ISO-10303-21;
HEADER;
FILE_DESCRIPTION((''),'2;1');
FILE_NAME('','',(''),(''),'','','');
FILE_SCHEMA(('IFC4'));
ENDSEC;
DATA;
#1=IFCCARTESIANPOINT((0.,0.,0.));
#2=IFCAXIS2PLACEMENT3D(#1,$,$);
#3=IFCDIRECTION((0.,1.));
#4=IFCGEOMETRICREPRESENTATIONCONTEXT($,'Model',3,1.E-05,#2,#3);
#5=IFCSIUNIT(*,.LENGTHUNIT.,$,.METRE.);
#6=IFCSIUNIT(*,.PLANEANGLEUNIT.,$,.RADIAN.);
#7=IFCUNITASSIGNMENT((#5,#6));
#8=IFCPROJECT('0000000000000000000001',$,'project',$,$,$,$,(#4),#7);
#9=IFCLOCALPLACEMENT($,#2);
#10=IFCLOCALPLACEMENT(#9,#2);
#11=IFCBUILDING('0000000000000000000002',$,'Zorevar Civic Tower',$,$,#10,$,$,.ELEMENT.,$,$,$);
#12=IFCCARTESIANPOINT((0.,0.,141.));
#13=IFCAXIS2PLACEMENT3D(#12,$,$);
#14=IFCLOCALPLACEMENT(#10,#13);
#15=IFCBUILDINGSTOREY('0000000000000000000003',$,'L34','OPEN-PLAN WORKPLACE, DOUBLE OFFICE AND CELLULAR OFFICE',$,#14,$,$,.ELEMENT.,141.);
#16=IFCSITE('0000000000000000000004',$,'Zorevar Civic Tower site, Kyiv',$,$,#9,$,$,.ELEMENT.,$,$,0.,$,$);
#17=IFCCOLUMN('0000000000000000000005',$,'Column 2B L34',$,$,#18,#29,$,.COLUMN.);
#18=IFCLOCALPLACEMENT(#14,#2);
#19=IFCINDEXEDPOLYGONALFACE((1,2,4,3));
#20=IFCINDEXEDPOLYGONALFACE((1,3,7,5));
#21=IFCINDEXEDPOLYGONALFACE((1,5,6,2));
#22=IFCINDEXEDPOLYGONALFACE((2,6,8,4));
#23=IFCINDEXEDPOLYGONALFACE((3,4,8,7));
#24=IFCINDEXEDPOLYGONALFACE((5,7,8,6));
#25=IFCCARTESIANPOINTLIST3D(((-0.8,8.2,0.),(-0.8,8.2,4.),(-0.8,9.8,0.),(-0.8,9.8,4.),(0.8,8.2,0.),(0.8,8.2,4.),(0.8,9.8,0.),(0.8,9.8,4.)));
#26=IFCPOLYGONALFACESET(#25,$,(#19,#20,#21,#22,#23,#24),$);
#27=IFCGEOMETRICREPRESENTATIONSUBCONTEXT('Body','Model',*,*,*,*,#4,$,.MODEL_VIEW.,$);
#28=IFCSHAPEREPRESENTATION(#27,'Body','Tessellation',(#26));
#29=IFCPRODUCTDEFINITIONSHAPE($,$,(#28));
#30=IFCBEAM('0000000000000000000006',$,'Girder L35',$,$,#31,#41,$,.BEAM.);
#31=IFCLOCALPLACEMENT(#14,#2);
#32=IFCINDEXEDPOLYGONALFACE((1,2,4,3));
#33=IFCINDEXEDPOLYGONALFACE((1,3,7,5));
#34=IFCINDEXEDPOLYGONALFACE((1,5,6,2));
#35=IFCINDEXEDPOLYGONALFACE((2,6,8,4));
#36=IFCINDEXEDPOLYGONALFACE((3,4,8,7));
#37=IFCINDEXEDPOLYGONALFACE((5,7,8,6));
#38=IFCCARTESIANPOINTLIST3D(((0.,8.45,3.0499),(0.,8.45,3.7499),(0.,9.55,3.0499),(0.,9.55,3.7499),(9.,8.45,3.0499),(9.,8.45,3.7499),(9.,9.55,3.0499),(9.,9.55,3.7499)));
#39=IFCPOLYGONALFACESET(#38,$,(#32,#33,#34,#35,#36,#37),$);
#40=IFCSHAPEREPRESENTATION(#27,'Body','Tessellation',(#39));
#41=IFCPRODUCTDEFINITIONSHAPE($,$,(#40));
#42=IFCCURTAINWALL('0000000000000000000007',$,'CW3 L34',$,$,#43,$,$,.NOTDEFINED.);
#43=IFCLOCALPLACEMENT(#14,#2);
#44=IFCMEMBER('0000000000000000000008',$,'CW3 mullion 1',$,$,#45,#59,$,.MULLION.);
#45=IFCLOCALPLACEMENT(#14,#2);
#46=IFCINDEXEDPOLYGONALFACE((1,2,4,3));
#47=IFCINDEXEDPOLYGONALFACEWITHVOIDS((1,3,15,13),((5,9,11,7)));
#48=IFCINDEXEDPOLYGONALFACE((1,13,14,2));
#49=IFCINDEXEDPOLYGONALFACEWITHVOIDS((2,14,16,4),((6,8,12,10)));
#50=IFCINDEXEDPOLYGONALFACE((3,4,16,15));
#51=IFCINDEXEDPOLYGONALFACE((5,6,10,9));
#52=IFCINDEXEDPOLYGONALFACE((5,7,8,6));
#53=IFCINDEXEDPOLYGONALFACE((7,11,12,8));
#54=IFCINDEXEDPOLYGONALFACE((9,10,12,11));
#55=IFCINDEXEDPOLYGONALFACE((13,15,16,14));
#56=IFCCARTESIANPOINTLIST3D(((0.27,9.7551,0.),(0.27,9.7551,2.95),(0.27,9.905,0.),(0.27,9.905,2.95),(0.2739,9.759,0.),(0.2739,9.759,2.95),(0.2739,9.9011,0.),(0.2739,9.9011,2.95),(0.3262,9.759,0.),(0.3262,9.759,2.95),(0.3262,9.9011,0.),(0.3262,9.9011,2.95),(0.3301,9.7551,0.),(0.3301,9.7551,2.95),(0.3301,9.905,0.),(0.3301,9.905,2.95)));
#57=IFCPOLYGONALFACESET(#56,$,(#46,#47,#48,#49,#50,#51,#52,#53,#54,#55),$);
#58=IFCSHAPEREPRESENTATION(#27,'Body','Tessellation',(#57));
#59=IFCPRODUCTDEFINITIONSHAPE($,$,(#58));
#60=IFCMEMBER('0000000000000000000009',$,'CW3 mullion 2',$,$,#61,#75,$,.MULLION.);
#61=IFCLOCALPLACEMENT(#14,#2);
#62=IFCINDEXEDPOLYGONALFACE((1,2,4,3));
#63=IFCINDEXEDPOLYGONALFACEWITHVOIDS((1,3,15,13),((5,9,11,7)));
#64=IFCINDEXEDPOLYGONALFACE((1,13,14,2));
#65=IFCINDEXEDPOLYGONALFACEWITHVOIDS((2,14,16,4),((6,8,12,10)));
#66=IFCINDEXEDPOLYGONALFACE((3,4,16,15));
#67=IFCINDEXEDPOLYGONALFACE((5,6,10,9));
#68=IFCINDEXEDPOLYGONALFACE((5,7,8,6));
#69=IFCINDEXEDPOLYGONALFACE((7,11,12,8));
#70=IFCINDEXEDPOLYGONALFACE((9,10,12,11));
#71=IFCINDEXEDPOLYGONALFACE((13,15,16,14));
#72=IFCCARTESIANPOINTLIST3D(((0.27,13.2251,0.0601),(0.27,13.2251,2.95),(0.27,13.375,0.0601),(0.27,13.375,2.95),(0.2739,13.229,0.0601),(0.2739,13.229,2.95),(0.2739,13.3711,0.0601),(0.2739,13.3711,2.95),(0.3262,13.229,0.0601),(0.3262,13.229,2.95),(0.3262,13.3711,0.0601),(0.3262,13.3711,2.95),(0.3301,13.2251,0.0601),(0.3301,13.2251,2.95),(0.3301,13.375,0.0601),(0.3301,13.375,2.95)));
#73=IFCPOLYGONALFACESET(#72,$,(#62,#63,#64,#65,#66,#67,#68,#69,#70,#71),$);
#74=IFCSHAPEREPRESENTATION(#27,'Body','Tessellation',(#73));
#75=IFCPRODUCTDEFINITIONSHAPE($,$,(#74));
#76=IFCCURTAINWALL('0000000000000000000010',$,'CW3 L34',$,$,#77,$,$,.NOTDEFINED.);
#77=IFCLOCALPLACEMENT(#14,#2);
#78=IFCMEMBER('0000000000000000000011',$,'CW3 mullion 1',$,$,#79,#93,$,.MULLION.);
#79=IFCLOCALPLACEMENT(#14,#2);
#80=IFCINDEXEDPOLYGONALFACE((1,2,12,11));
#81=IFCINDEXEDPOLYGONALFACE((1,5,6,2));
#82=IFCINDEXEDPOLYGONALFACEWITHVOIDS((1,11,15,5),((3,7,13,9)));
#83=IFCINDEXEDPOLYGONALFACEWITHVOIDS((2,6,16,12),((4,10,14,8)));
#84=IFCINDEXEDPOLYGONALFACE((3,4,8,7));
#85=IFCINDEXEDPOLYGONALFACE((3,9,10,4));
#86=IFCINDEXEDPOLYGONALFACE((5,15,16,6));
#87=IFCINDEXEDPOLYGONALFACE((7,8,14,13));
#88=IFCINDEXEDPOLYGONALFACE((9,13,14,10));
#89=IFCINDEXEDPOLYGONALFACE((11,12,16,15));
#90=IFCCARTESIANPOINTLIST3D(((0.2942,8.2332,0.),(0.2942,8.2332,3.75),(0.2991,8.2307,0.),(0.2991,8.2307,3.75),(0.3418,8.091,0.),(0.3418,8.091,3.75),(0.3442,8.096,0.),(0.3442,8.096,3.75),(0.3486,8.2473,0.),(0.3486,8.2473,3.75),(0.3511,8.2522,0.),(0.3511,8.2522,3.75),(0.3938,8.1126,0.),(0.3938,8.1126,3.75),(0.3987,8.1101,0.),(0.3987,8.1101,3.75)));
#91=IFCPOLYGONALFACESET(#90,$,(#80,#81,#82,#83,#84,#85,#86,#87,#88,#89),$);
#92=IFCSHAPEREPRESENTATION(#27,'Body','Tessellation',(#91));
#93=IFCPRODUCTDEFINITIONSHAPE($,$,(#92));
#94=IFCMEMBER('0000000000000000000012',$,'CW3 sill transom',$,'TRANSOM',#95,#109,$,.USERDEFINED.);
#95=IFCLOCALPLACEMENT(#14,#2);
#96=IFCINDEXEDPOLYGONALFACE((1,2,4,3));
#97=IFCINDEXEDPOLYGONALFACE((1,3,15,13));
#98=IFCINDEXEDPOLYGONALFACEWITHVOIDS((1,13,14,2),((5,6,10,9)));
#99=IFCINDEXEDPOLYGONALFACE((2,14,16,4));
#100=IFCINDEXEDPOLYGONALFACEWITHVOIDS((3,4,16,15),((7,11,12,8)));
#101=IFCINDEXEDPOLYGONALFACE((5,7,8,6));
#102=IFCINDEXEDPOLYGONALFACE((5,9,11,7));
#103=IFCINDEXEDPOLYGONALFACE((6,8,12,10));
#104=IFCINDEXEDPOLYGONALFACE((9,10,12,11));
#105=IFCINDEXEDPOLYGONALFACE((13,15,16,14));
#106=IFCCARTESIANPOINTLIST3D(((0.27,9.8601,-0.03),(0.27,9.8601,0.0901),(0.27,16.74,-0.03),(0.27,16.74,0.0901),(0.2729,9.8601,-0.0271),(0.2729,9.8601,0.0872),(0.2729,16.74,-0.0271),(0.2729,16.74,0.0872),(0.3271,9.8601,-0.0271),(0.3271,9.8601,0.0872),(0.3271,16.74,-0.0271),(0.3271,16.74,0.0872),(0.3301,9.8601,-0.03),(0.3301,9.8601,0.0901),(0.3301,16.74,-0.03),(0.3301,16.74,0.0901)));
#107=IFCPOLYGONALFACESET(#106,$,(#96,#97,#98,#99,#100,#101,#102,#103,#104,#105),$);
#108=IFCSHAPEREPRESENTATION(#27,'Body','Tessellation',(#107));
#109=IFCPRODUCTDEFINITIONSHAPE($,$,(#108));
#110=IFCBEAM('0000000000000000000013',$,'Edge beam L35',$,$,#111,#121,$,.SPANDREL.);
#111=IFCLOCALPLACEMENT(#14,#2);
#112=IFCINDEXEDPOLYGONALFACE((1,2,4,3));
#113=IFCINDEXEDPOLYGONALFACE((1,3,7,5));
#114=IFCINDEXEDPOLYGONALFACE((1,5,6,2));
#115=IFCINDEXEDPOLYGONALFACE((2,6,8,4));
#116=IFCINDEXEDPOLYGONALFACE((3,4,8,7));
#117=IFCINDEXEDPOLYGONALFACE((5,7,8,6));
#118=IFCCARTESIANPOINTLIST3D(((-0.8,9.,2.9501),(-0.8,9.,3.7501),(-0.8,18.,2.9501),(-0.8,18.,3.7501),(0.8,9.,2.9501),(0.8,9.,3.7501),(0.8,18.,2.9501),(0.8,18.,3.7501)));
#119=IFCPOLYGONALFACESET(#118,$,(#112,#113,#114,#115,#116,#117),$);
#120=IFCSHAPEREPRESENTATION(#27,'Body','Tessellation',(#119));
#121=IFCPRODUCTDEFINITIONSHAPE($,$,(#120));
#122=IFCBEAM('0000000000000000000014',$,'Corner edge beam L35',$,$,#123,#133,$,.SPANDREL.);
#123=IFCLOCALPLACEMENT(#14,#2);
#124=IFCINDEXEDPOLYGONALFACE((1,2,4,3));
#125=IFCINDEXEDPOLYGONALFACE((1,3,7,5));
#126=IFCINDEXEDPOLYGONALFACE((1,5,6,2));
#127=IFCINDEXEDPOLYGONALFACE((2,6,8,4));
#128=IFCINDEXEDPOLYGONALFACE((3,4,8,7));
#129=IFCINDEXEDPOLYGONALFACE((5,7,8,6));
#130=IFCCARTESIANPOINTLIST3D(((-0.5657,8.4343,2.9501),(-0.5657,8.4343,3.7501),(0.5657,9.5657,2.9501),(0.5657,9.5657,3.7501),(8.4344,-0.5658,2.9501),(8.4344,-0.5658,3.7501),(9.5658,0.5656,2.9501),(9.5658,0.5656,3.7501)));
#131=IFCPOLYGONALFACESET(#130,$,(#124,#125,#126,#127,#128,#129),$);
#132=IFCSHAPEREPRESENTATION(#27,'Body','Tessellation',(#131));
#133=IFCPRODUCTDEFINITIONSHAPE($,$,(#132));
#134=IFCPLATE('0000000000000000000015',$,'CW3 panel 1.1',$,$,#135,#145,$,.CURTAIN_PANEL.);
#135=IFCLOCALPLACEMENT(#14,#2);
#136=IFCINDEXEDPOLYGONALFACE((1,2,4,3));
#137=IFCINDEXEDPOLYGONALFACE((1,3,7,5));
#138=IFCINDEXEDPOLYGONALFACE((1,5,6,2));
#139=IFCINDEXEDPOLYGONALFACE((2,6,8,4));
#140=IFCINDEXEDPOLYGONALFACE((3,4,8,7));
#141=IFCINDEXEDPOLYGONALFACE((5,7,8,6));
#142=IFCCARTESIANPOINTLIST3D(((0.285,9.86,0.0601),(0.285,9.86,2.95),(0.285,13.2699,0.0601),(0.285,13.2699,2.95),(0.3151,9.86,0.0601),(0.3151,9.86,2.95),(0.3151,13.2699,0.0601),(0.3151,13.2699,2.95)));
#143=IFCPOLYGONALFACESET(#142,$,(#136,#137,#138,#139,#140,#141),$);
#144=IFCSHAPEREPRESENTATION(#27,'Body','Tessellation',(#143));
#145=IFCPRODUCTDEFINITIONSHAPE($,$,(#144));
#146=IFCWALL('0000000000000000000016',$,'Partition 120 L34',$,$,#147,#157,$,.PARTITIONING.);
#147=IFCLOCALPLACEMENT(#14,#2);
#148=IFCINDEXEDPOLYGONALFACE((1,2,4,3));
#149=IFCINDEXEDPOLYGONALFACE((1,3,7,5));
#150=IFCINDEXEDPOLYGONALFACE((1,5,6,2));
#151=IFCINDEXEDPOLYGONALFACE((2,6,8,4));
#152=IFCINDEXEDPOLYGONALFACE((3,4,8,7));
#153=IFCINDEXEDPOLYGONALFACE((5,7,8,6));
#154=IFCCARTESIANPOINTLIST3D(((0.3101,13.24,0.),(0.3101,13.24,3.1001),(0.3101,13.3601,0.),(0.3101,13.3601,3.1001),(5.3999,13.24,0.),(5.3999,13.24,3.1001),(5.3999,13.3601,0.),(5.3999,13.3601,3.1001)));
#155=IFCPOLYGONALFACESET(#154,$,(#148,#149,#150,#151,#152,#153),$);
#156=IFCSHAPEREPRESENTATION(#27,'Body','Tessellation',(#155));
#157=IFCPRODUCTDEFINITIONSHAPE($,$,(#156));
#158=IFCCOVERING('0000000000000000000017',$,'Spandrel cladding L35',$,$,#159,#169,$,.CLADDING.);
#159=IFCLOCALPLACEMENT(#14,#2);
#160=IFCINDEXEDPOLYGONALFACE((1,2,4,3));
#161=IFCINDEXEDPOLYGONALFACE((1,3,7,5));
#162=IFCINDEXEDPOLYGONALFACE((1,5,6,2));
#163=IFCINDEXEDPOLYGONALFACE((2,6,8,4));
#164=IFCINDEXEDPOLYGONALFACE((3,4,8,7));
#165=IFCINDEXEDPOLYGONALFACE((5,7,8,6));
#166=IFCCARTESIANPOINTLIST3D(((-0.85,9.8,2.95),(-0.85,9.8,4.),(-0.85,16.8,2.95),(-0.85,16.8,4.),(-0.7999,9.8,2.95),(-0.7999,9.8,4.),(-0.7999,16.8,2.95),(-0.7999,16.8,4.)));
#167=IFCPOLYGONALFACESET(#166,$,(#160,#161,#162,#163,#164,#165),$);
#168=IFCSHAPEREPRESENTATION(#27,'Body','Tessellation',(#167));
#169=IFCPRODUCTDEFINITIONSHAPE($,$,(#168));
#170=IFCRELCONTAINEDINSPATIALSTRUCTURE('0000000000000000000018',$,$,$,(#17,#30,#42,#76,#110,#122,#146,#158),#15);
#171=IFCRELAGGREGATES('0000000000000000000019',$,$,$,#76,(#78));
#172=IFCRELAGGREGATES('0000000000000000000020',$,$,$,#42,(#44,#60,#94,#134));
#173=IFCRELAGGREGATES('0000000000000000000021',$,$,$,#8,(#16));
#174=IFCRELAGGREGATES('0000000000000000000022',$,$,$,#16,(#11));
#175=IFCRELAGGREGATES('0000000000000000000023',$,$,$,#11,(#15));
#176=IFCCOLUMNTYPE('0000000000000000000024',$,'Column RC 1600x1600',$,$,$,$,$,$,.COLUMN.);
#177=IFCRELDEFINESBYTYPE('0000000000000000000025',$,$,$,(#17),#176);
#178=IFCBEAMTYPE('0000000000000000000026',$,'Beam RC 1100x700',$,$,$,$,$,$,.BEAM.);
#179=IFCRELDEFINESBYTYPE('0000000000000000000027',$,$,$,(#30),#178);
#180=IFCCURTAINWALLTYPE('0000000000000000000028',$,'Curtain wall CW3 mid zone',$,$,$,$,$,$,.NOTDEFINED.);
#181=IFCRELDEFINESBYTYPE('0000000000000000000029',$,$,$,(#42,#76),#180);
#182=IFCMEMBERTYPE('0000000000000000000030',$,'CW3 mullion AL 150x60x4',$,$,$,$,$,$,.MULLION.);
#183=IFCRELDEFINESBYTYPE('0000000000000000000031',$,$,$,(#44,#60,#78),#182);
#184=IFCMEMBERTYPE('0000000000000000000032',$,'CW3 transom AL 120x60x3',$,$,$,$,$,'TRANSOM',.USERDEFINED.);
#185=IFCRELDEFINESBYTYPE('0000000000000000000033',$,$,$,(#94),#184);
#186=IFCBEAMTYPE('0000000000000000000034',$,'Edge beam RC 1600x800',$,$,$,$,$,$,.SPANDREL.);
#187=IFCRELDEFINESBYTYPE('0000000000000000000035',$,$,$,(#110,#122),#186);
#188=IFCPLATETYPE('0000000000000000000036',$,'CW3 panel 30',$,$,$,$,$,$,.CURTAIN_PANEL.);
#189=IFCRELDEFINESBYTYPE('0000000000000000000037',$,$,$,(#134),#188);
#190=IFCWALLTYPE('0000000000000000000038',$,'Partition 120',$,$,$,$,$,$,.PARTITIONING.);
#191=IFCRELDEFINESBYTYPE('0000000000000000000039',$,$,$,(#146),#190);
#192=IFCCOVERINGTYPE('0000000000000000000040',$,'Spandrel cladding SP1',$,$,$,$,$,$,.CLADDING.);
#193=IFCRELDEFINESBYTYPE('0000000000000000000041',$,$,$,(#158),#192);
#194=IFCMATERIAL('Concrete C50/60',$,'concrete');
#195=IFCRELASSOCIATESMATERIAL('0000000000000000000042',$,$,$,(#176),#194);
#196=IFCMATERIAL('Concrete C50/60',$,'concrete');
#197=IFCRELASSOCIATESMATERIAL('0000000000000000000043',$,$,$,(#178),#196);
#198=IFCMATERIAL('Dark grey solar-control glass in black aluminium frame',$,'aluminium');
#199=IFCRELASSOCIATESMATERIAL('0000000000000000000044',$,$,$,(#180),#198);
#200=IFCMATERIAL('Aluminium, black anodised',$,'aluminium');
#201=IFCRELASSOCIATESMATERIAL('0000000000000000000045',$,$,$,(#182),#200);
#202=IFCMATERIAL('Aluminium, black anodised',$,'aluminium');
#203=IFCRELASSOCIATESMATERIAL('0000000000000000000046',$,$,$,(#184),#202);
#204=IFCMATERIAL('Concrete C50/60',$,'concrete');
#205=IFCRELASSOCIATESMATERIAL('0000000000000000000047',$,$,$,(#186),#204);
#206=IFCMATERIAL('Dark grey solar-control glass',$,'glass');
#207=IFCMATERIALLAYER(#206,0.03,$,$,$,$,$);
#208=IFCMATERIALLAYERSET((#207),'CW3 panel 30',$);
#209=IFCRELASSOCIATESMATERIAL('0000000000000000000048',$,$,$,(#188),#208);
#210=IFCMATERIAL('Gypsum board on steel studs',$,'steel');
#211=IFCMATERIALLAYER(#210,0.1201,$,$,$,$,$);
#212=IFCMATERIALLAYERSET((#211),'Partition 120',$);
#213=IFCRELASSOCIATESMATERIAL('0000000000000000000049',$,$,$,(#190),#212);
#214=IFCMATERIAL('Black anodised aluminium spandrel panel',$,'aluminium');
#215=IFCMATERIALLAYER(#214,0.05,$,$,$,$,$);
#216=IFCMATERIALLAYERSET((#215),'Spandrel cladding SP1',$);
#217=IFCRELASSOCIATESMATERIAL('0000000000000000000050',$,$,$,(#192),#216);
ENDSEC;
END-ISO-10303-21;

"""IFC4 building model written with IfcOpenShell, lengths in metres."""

from ifc_helpers import new_model, si_unit, direction, frame, frame_2d, origin, origin_2d, place, context, subcontext, project, spatial, rectangle, hollow_rectangle, extrude, material, layer, layer_set, material_profile, profile_set, type_object, element, aggregate, save


model = new_model("IFC4")

# Units and contexts
model_context = context("Model", 3, precision=1e-05, world=origin(), true_north=direction((0.0, 1.0)))
body_context = subcontext(model_context, "Body", "Model", "MODEL_VIEW")
ifc_project = project(units=[si_unit("LENGTHUNIT", "METRE"), si_unit("PLANEANGLEUNIT", "RADIAN")], contexts=[model_context])

# Site, building, storey
site_placement = place(None, origin())
site = spatial("IfcSite", under=ifc_project, at=site_placement, Name="Zorevar Civic Tower site, Kyiv", CompositionType="ELEMENT", RefElevation=0.0)
building_placement = place(site_placement, origin())
building = spatial("IfcBuilding", under=site, at=building_placement, Name="Zorevar Civic Tower", CompositionType="ELEMENT")
storey_placement = place(building_placement, frame((0.0, 0.0, 141.0)))
storey = spatial("IfcBuildingStorey", under=building, at=storey_placement, Name="L34", Description="OPEN-PLAN WORKPLACE, DOUBLE OFFICE AND CELLULAR OFFICE", CompositionType="ELEMENT", Elevation=141.0)

# Column
ifc_material_1 = material(Name="Concrete C50/60", Category="concrete")
ifc_material_profile_1 = material_profile(ifc_material_1, rectangle(XDim=1.6001, YDim=1.6001, at=origin_2d()), Name="RC 1600x1600")
ifc_profile_set_1 = profile_set([ifc_material_profile_1], Name="Concrete C50/60")
column_type = type_object("IfcColumnType", Name="Column RC 1600x1600", PredefinedType="COLUMN", material=ifc_profile_set_1)
column_placement = place(storey_placement, frame((0.0, 9.0, 0.0), z_axis=(0.0, 0.0, 1.0), x_axis=(1.0, 0.0, 0.0)))
element("IfcColumn", 1, at=column_placement, inside=storey, type_object=column_type, Name="Column 2B L34", PredefinedType="COLUMN", context=body_context, shape_type="SweptSolid", body=[
    extrude(rectangle(XDim=1.6001, YDim=1.6001, at=origin_2d()), origin(), (0.0, 0.0, 1.0), 4.0),
])

# Beam
ifc_material_2 = material(Name="Concrete C50/60", Category="concrete")
ifc_material_profile_2 = material_profile(ifc_material_2, rectangle(XDim=1.1001, YDim=0.7, at=origin_2d()), Name="RC 1100x700")
ifc_profile_set_2 = profile_set([ifc_material_profile_2], Name="Concrete C50/60")
beam_type_1 = type_object("IfcBeamType", Name="Beam RC 1100x700", PredefinedType="BEAM", material=ifc_profile_set_2)
beam_1_placement = place(storey_placement, frame((0.0, 9.0, 3.3999), z_axis=(1.0, 0.0, 0.0), x_axis=(0.0, 1.0, 0.0)))
element("IfcBeam", 2, at=beam_1_placement, inside=storey, type_object=beam_type_1, Name="Girder L35", PredefinedType="BEAM", context=body_context, shape_type="SweptSolid", body=[
    extrude(rectangle(XDim=1.1001, YDim=0.7, at=origin_2d()), origin(), (0.0, 0.0, 1.0), 9.0),
])

# Curtain wall, members
ifc_material_3 = material(Name="Dark grey solar-control glass in black aluminium frame", Category="aluminium")
curtain_wall_type = type_object("IfcCurtainWallType", Name="Curtain wall CW3 mid zone", PredefinedType="NOTDEFINED", material=ifc_material_3)
curtain_wall_1_placement = place(storey_placement, origin())
curtain_wall_1 = element("IfcCurtainWall", 3, at=curtain_wall_1_placement, inside=storey, type_object=curtain_wall_type, Name="CW3 L34", PredefinedType="NOTDEFINED")
ifc_material_4 = material(Name="Aluminium, black anodised", Category="aluminium")
ifc_material_profile_3 = material_profile(ifc_material_4, hollow_rectangle(XDim=0.0601, YDim=0.1499, WallThickness=0.0039, at=origin_2d()), Name="AL 150x60x4")
ifc_profile_set_3 = profile_set([ifc_material_profile_3], Name="Aluminium, black anodised")
member_type_1 = type_object("IfcMemberType", Name="CW3 mullion AL 150x60x4", PredefinedType="MULLION", material=ifc_profile_set_3)
member_1_placement = place(storey_placement, frame((0.3, 9.8301, 0.0), z_axis=(0.0, 0.0, 1.0), x_axis=(-1.0, 0.0, 0.0)))
member_1 = element("IfcMember", 4, at=member_1_placement, type_object=member_type_1, Name="CW3 mullion 1", PredefinedType="MULLION", context=body_context, shape_type="SweptSolid", body=[
    extrude(hollow_rectangle(XDim=0.0601, YDim=0.1499, WallThickness=0.0039, at=origin_2d()), origin(), (0.0, 0.0, 1.0), 2.95),
])
member_2_placement = place(storey_placement, frame((0.3, 13.3, 0.0601), z_axis=(0.0, 0.0, 1.0), x_axis=(-1.0, 0.0, 0.0)))
member_2 = element("IfcMember", 5, at=member_2_placement, type_object=member_type_1, Name="CW3 mullion 2", PredefinedType="MULLION", context=body_context, shape_type="SweptSolid", body=[
    extrude(hollow_rectangle(XDim=0.0601, YDim=0.1499, WallThickness=0.0039, at=origin_2d()), origin(), (0.0, 0.0, 1.0), 2.8899),
])

# Curtain wall, member
curtain_wall_2_placement = place(storey_placement, origin())
curtain_wall_2 = element("IfcCurtainWall", 6, at=curtain_wall_2_placement, inside=storey, type_object=curtain_wall_type, Name="CW3 L34", PredefinedType="NOTDEFINED")
member_3_placement = place(storey_placement, frame((0.3464, 8.1716, 0.0), z_axis=(0.0, 0.0, 1.0), x_axis=(0.948227, 0.317593, 0.0)))
member_3 = element("IfcMember", 7, at=member_3_placement, type_object=member_type_1, Name="CW3 mullion 1", PredefinedType="MULLION", context=body_context, shape_type="SweptSolid", body=[
    extrude(hollow_rectangle(XDim=0.0601, YDim=0.1499, WallThickness=0.0039, at=origin_2d()), origin(), (0.0, 0.0, 1.0), 3.75),
])
aggregate(curtain_wall_2, [member_3])

# Member
ifc_material_5 = material(Name="Aluminium, black anodised", Category="aluminium")
ifc_material_profile_4 = material_profile(ifc_material_5, hollow_rectangle(XDim=0.0601, YDim=0.1201, WallThickness=0.0029, at=origin_2d()), Name="AL 120x60x3")
ifc_profile_set_4 = profile_set([ifc_material_profile_4], Name="Aluminium, black anodised")
member_type_2 = type_object("IfcMemberType", Name="CW3 transom AL 120x60x3", ElementType="TRANSOM", PredefinedType="USERDEFINED", material=ifc_profile_set_4)
member_4_placement = place(storey_placement, frame((0.3, 9.8601, 0.03), z_axis=(0.0, 1.0, 0.0), x_axis=(-1.0, 0.0, 0.0)))
member_4 = element("IfcMember", 8, at=member_4_placement, type_object=member_type_2, Name="CW3 sill transom", ObjectType="TRANSOM", PredefinedType="USERDEFINED", context=body_context, shape_type="SweptSolid", body=[
    extrude(hollow_rectangle(XDim=0.0601, YDim=0.1201, WallThickness=0.0029, at=origin_2d()), origin(), (0.0, 0.0, 1.0), 6.8799),
])

# Beams
ifc_material_6 = material(Name="Concrete C50/60", Category="concrete")
ifc_material_profile_5 = material_profile(ifc_material_6, rectangle(XDim=1.6001, YDim=0.8, at=origin_2d()), Name="RC 1600x800")
ifc_profile_set_5 = profile_set([ifc_material_profile_5], Name="Concrete C50/60")
beam_type_2 = type_object("IfcBeamType", Name="Edge beam RC 1600x800", PredefinedType="SPANDREL", material=ifc_profile_set_5)
beam_2_placement = place(storey_placement, frame((0.0, 9.0, 3.3501), z_axis=(0.0, 1.0, 0.0), x_axis=(-1.0, 0.0, 0.0)))
element("IfcBeam", 9, at=beam_2_placement, inside=storey, type_object=beam_type_2, Name="Edge beam L35", PredefinedType="SPANDREL", context=body_context, shape_type="SweptSolid", body=[
    extrude(rectangle(XDim=1.6001, YDim=0.8, at=origin_2d()), origin(), (0.0, 0.0, 1.0), 9.0),
])
beam_3_placement = place(storey_placement, frame((0.0, 9.0, 3.3501), z_axis=(0.707107, -0.707107, 0.0), x_axis=(0.707107, 0.707107, 0.0)))
element("IfcBeam", 10, at=beam_3_placement, inside=storey, type_object=beam_type_2, Name="Corner edge beam L35", PredefinedType="SPANDREL", context=body_context, shape_type="SweptSolid", body=[
    extrude(rectangle(XDim=1.6001, YDim=0.8, at=origin_2d()), origin(), (0.0, 0.0, 1.0), 12.728),
])

# Plate
ifc_material_7 = material(Name="Dark grey solar-control glass", Category="glass")
ifc_layer_1 = layer(ifc_material_7, 0.03)
ifc_layer_set_1 = layer_set([ifc_layer_1], Name="CW3 panel 30")
plate_type = type_object("IfcPlateType", Name="CW3 panel 30", PredefinedType="CURTAIN_PANEL", material=ifc_layer_set_1)
plate_placement = place(storey_placement, frame((0.3, 11.5649, 0.0601), z_axis=(0.0, 0.0, 1.0), x_axis=(0.0, 1.0, 0.0)))
plate = element("IfcPlate", 11, at=plate_placement, type_object=plate_type, Name="CW3 panel 1.1", PredefinedType="CURTAIN_PANEL", context=body_context, shape_type="SweptSolid", body=[
    extrude(rectangle(XDim=3.4099, YDim=0.03, at=origin_2d()), origin(), (0.0, 0.0, 1.0), 2.8899),
])
aggregate(curtain_wall_1, [member_1, member_2, member_4, plate])

# Wall
ifc_material_8 = material(Name="Gypsum board on steel studs", Category="steel")
ifc_layer_2 = layer(ifc_material_8, 0.1201)
ifc_layer_set_2 = layer_set([ifc_layer_2], Name="Partition 120")
wall_type = type_object("IfcWallType", Name="Partition 120", PredefinedType="PARTITIONING", material=ifc_layer_set_2)
wall_placement = place(storey_placement, frame((0.3101, 13.3, 0.0), z_axis=(0.0, 0.0, 1.0), x_axis=(1.0, 0.0, 0.0)))
element("IfcWall", 12, at=wall_placement, inside=storey, type_object=wall_type, Name="Partition 120 L34", PredefinedType="PARTITIONING", context=body_context, shape_type="SweptSolid", body=[
    extrude(rectangle(XDim=5.0898, YDim=0.1201, at=frame_2d((2.5449, 0.0))), origin(), (0.0, 0.0, 1.0), 3.1001),
])

# Covering
ifc_material_9 = material(Name="Black anodised aluminium spandrel panel", Category="aluminium")
ifc_layer_3 = layer(ifc_material_9, 0.05)
ifc_layer_set_3 = layer_set([ifc_layer_3], Name="Spandrel cladding SP1")
covering_type_1 = type_object("IfcCoveringType", Name="Spandrel cladding SP1", PredefinedType="CLADDING", material=ifc_layer_set_3)
covering_1_placement = place(storey_placement, frame((-0.825, 9.8, 2.95), z_axis=(0.0, 0.0, 1.0), x_axis=(0.0, 1.0, 0.0)))
element("IfcCovering", 13, at=covering_1_placement, inside=storey, type_object=covering_type_1, Name="Spandrel cladding L35", PredefinedType="CLADDING", context=body_context, shape_type="SweptSolid", body=[
    extrude(rectangle(XDim=7.0, YDim=0.05, at=frame_2d((3.5, 0.0))), origin(), (0.0, 0.0, 1.0), 1.05),
])

save(model, "model.ifc")
